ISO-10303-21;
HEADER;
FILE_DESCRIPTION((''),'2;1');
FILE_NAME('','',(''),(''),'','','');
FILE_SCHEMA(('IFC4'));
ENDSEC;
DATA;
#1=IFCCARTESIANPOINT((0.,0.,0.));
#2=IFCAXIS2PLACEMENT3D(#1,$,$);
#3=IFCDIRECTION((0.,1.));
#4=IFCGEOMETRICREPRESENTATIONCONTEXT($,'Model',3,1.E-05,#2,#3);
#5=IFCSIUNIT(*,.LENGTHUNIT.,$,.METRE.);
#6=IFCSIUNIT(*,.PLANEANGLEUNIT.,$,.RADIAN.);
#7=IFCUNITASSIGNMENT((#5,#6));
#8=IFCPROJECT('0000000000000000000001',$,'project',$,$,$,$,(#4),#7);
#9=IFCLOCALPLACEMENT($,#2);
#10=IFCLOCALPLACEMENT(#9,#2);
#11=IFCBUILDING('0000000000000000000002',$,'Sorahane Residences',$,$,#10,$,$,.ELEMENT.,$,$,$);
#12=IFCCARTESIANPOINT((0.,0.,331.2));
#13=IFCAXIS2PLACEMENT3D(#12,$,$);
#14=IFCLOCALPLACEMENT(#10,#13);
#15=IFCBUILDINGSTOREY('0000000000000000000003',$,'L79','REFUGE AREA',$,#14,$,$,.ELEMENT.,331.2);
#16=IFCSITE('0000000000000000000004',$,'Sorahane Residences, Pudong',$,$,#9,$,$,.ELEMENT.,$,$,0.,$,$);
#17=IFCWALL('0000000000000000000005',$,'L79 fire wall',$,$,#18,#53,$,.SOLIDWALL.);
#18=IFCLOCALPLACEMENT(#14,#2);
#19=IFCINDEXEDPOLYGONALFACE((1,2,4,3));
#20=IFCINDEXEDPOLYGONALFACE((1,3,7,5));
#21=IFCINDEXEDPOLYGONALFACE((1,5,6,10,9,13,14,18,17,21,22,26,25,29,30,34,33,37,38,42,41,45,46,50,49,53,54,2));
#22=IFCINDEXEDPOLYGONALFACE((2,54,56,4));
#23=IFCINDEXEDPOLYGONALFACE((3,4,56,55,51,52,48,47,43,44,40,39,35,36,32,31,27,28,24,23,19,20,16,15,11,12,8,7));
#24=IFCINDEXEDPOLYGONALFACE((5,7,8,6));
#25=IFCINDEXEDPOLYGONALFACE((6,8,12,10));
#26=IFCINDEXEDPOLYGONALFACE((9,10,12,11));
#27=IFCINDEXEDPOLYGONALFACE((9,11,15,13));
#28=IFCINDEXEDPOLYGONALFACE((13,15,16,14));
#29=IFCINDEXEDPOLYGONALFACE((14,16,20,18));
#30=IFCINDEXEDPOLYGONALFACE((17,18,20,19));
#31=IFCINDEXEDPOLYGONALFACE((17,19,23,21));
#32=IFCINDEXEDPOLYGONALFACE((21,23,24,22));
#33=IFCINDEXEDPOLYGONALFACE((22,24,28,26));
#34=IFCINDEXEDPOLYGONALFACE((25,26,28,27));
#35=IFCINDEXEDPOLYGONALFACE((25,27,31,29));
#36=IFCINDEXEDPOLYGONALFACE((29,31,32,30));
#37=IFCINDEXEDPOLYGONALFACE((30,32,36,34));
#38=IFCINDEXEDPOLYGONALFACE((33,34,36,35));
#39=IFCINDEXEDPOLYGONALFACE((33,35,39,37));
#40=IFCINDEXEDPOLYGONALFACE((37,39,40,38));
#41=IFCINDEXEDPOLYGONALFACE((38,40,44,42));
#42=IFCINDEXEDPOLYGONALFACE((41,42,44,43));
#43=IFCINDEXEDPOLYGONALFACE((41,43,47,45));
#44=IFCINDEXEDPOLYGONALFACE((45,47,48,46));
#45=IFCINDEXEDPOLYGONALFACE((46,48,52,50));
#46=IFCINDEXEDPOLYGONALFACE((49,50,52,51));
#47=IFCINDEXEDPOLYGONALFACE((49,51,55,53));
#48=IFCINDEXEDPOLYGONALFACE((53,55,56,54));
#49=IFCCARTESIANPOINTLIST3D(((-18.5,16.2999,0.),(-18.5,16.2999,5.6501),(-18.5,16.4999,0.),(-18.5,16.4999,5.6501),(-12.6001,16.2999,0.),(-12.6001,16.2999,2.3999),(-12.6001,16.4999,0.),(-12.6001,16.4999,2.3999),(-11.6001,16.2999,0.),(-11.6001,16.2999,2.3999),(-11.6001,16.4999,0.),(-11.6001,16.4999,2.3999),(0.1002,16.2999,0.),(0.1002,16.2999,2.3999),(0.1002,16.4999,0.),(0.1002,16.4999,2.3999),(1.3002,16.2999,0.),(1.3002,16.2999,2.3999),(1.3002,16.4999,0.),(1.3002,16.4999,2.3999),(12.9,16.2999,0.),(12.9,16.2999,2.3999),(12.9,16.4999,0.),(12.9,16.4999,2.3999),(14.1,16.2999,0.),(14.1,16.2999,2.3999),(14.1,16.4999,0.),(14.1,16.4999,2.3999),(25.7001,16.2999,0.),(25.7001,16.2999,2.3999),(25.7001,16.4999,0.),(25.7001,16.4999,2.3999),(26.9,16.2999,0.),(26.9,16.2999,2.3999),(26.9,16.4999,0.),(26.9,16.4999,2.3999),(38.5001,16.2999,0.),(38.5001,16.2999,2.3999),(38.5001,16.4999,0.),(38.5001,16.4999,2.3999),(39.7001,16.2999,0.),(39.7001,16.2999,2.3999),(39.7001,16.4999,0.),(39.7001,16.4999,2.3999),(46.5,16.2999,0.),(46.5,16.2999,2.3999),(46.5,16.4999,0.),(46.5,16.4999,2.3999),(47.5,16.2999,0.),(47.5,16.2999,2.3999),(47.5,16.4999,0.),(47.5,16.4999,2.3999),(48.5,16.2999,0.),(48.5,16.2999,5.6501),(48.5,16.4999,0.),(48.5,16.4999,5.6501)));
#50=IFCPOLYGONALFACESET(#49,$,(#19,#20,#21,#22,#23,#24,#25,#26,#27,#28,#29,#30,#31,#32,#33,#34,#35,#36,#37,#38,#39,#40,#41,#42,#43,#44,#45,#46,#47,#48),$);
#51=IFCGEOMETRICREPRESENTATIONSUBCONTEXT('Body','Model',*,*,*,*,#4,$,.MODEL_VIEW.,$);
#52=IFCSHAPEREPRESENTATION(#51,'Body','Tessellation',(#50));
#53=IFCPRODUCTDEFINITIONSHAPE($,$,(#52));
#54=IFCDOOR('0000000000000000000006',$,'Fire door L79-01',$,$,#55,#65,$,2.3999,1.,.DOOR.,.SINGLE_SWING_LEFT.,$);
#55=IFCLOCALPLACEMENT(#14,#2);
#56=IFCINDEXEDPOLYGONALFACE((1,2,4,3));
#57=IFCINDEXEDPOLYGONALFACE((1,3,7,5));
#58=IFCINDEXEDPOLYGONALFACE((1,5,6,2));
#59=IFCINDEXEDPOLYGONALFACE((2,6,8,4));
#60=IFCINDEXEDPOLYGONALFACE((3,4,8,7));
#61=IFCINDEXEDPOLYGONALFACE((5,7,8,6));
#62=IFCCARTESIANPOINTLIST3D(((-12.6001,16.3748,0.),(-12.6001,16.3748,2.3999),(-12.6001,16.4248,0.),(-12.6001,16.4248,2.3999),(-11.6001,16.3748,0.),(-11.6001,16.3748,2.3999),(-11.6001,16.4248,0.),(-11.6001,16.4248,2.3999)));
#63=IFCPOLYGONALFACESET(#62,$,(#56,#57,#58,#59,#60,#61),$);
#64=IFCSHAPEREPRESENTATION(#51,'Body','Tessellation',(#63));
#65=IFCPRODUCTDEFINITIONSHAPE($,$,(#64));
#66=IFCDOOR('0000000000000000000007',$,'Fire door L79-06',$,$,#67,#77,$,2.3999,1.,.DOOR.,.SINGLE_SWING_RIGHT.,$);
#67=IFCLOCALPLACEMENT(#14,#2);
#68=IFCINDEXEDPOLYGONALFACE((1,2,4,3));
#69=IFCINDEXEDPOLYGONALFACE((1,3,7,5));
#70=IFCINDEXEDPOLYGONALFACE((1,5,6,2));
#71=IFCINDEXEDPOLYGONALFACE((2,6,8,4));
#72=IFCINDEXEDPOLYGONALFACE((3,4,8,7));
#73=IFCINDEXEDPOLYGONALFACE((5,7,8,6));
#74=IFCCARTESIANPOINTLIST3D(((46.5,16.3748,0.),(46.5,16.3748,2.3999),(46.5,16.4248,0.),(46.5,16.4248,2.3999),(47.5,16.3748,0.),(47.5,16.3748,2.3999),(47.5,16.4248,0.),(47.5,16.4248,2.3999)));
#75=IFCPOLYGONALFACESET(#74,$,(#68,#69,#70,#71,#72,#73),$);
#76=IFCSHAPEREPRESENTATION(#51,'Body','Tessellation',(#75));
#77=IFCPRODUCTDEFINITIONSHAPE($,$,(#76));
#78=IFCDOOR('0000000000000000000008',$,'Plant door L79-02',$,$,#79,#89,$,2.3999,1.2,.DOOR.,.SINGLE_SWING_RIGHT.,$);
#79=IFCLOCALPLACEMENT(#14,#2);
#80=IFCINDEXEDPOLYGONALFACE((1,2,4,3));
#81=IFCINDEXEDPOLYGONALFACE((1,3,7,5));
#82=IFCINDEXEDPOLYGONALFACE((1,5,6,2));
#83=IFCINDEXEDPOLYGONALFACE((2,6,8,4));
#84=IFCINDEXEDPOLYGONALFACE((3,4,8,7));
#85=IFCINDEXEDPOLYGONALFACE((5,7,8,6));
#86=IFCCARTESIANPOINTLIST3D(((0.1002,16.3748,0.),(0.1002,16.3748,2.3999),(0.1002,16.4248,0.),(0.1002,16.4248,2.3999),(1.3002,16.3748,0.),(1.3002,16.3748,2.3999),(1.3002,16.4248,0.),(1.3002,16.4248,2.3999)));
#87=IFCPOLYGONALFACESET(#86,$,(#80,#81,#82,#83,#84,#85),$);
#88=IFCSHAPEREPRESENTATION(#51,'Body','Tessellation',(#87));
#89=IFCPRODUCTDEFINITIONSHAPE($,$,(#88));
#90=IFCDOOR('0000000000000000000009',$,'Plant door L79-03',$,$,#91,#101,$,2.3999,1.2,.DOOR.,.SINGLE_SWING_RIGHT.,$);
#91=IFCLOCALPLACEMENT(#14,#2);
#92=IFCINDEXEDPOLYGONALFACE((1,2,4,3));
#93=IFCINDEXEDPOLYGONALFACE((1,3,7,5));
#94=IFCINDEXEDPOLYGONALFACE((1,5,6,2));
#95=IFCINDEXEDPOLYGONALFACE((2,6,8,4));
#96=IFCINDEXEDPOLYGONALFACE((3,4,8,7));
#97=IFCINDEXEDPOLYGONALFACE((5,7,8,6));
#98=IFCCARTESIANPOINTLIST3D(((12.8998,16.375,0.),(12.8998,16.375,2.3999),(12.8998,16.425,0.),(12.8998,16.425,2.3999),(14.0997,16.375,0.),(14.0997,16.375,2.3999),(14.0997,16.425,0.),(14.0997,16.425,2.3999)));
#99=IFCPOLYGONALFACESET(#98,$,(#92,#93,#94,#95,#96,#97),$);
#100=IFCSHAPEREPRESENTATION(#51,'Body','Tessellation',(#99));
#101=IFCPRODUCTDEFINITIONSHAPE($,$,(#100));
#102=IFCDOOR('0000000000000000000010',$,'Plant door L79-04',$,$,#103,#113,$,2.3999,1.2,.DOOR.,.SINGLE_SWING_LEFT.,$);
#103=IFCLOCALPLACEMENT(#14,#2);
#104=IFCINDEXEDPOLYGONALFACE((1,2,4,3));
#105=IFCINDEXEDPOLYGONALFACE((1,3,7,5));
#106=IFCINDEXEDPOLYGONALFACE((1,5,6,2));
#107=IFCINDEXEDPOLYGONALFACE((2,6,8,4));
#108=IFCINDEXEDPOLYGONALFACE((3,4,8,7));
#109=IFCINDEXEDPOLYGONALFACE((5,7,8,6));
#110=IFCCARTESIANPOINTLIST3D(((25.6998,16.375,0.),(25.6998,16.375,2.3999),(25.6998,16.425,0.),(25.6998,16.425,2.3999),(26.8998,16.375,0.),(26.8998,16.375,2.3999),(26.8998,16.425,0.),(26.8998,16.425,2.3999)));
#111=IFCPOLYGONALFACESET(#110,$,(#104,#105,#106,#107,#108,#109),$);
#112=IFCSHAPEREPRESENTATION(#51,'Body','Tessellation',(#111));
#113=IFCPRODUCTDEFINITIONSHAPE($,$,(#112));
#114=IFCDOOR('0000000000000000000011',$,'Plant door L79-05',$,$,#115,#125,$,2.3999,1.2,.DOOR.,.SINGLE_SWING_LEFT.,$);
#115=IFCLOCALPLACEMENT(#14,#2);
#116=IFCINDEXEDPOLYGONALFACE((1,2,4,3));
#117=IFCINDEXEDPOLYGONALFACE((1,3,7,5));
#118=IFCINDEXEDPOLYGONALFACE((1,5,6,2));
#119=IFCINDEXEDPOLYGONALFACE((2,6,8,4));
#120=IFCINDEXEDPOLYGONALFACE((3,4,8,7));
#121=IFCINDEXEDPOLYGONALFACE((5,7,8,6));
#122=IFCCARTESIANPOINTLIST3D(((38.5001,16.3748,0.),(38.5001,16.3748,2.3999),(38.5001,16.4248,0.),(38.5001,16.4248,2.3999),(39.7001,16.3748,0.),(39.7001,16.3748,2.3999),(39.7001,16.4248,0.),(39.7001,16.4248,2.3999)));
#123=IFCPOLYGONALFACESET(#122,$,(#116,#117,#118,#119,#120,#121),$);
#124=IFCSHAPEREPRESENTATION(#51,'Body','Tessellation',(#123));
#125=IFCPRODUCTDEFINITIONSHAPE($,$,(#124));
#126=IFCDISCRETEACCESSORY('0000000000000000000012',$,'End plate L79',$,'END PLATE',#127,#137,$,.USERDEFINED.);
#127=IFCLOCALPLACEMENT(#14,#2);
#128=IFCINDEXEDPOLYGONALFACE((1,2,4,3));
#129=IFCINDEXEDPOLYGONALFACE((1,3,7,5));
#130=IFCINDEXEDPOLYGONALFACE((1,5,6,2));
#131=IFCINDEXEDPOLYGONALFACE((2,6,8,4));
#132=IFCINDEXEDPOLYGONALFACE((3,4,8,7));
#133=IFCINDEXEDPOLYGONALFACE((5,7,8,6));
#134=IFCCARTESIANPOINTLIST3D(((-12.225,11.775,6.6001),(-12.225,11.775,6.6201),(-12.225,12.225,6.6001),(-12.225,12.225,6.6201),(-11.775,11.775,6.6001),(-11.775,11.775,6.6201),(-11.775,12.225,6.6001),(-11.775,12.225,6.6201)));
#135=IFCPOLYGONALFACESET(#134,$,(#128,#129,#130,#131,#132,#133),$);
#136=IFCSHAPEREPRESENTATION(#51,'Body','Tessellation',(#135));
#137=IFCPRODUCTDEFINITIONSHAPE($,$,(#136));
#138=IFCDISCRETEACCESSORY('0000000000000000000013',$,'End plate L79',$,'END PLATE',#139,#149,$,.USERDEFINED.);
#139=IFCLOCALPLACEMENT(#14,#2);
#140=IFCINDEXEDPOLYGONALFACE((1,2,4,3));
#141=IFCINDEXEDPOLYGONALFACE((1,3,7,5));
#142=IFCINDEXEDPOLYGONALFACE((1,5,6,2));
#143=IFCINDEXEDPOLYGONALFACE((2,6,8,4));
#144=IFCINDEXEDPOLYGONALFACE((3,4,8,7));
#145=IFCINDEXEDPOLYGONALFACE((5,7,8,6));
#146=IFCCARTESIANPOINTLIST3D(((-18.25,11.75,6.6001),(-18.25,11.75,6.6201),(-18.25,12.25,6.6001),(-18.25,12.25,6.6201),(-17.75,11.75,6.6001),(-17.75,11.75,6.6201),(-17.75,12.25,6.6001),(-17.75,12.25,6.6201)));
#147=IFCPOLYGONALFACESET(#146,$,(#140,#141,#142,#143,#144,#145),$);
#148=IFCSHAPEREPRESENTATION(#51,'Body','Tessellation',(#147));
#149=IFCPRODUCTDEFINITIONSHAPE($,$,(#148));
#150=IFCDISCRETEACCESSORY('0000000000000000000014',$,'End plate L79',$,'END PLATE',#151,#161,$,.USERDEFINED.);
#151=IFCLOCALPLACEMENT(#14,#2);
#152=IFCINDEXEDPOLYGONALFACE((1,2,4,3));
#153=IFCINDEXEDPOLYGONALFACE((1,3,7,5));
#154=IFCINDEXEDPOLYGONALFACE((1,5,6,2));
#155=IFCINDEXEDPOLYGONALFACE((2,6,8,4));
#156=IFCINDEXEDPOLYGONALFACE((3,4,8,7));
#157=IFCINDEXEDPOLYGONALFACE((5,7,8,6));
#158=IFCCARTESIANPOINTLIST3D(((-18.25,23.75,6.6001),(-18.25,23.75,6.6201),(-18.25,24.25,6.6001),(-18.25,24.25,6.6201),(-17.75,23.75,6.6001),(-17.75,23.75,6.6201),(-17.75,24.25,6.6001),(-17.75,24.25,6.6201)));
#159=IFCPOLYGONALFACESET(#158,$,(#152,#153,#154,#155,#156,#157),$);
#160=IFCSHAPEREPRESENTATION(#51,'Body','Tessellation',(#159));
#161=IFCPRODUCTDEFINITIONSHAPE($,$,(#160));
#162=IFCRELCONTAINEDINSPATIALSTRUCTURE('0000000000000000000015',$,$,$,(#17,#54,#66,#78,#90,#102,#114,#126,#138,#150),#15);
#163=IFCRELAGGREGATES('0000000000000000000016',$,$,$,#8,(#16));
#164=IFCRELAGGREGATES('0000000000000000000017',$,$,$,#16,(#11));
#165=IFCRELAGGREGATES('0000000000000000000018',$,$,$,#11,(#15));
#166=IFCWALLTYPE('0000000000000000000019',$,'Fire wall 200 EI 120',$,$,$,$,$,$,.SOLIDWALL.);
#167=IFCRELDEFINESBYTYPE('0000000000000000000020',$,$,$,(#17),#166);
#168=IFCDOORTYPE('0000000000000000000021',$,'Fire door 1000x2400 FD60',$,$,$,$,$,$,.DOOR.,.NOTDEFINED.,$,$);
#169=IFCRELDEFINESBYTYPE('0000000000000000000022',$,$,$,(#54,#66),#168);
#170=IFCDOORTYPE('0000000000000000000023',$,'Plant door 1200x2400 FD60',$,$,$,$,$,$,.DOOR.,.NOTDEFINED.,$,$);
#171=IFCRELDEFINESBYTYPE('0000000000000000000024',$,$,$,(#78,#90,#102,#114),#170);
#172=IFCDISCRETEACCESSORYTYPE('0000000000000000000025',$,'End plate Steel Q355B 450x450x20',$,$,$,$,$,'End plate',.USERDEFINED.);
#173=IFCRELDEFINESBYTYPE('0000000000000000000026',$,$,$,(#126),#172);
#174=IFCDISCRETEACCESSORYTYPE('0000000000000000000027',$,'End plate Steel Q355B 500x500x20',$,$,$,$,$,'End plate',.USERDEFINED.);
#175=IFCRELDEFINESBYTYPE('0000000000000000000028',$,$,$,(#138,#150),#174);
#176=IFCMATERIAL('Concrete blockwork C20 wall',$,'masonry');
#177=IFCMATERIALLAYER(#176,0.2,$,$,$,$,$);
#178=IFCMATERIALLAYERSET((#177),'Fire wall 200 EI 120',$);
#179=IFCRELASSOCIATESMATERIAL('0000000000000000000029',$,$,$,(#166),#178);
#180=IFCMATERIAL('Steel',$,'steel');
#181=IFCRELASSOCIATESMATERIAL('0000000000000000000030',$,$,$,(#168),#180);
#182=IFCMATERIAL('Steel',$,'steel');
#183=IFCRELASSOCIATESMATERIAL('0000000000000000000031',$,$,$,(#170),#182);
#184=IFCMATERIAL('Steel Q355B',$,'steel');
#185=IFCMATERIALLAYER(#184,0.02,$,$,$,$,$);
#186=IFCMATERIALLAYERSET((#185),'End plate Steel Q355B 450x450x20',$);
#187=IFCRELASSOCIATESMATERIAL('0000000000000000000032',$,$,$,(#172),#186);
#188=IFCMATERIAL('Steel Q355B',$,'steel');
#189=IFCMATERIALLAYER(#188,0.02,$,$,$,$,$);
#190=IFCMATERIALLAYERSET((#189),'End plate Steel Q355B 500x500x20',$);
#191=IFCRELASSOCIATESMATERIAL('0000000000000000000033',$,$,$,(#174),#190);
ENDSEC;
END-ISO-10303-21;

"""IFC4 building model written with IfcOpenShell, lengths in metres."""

from ifc_helpers import new_model, si_unit, direction, frame, frame_2d, origin, origin_2d, place, context, subcontext, project, spatial, rectangle, extrude, material, layer, layer_set, type_object, element, fill, save


model = new_model("IFC4")

# Units and contexts
model_context = context("Model", 3, precision=1e-05, world=origin(), true_north=direction((0.0, 1.0)))
body_context = subcontext(model_context, "Body", "Model", "MODEL_VIEW")
ifc_project = project(units=[si_unit("LENGTHUNIT", "METRE"), si_unit("PLANEANGLEUNIT", "RADIAN")], contexts=[model_context])

# Site, building, storey
site_placement = place(None, origin())
site = spatial("IfcSite", under=ifc_project, at=site_placement, Name="Sorahane Residences, Pudong", CompositionType="ELEMENT", RefElevation=0.0)
building_placement = place(site_placement, origin())
building = spatial("IfcBuilding", under=site, at=building_placement, Name="Sorahane Residences", CompositionType="ELEMENT")
storey_placement = place(building_placement, frame((0.0, 0.0, 331.2)))
storey = spatial("IfcBuildingStorey", under=building, at=storey_placement, Name="L79", Description="REFUGE AREA", CompositionType="ELEMENT", Elevation=331.2)

# Wall, openings, doors
ifc_material_1 = material(Name="Concrete blockwork C20 wall", Category="masonry")
ifc_layer_1 = layer(ifc_material_1, 0.2)
ifc_layer_set_1 = layer_set([ifc_layer_1], Name="Fire wall 200 EI 120")
wall_type_1 = type_object("IfcWallType", Name="Fire wall 200 EI 120", PredefinedType="SOLIDWALL", material=ifc_layer_set_1)
wall_1_placement = place(storey_placement, frame((-18.5, 16.3999, 0.0), z_axis=(0.0, 0.0, 1.0), x_axis=(1.0, 0.0, 0.0)))
wall_1 = element("IfcWall", 1, at=wall_1_placement, inside=storey, type_object=wall_type_1, Name="L79 fire wall", PredefinedType="SOLIDWALL", context=body_context, shape_type="SweptSolid", body=[
    extrude(rectangle(XDim=67.0, YDim=0.2, at=frame_2d((33.5, 0.0))), origin(), (0.0, 0.0, 1.0), 5.6501),
])
opening_1_placement = place(wall_1_placement, frame((5.8999, 0.0, 0.0)))
opening_1 = element("IfcOpeningElement", 2, at=opening_1_placement, cuts=wall_1, PredefinedType="OPENING", context=body_context, shape_type="SweptSolid", body=[
    extrude(rectangle(XDim=1.0, YDim=2.3999, at=frame_2d((0.5, 1.2))), frame((0.0, 0.1099, 0.0), z_axis=(0.0, -1.0, 0.0), x_axis=(1.0, 0.0, 0.0)), (0.0, 0.0, 1.0), 0.22),
])
opening_2_placement = place(wall_1_placement, frame((18.6001, 0.0, 0.0)))
opening_2 = element("IfcOpeningElement", 3, at=opening_2_placement, cuts=wall_1, PredefinedType="OPENING", context=body_context, shape_type="SweptSolid", body=[
    extrude(rectangle(XDim=1.2, YDim=2.3999, at=frame_2d((0.6001, 1.2))), frame((0.0, 0.1099, 0.0), z_axis=(0.0, -1.0, 0.0), x_axis=(1.0, 0.0, 0.0)), (0.0, 0.0, 1.0), 0.22),
])
opening_3_placement = place(wall_1_placement, frame((31.3999, 0.0, 0.0)))
opening_3 = element("IfcOpeningElement", 4, at=opening_3_placement, cuts=wall_1, PredefinedType="OPENING", context=body_context, shape_type="SweptSolid", body=[
    extrude(rectangle(XDim=1.2, YDim=2.3999, at=frame_2d((0.6001, 1.2))), frame((0.0, 0.1099, 0.0), z_axis=(0.0, -1.0, 0.0), x_axis=(1.0, 0.0, 0.0)), (0.0, 0.0, 1.0), 0.22),
])
opening_4_placement = place(wall_1_placement, frame((44.2, 0.0, 0.0)))
opening_4 = element("IfcOpeningElement", 5, at=opening_4_placement, cuts=wall_1, PredefinedType="OPENING", context=body_context, shape_type="SweptSolid", body=[
    extrude(rectangle(XDim=1.2, YDim=2.3999, at=frame_2d((0.6001, 1.2))), frame((0.0, 0.1099, 0.0), z_axis=(0.0, -1.0, 0.0), x_axis=(1.0, 0.0, 0.0)), (0.0, 0.0, 1.0), 0.22),
])
opening_5_placement = place(wall_1_placement, frame((57.0, 0.0, 0.0)))
opening_5 = element("IfcOpeningElement", 6, at=opening_5_placement, cuts=wall_1, PredefinedType="OPENING", context=body_context, shape_type="SweptSolid", body=[
    extrude(rectangle(XDim=1.2, YDim=2.3999, at=frame_2d((0.6001, 1.2))), frame((0.0, 0.1099, 0.0), z_axis=(0.0, -1.0, 0.0), x_axis=(1.0, 0.0, 0.0)), (0.0, 0.0, 1.0), 0.22),
])
opening_6_placement = place(wall_1_placement, frame((65.0, 0.0, 0.0)))
opening_6 = element("IfcOpeningElement", 7, at=opening_6_placement, cuts=wall_1, PredefinedType="OPENING", context=body_context, shape_type="SweptSolid", body=[
    extrude(rectangle(XDim=1.0, YDim=2.3999, at=frame_2d((0.5, 1.2))), frame((0.0, 0.1099, 0.0), z_axis=(0.0, -1.0, 0.0), x_axis=(1.0, 0.0, 0.0)), (0.0, 0.0, 1.0), 0.22),
])
ifc_material_2 = material(Name="Steel", Category="steel")
door_type_1 = type_object("IfcDoorType", Name="Fire door 1000x2400 FD60", OperationType="NOTDEFINED", PredefinedType="DOOR", material=ifc_material_2)
door_1_placement = place(opening_1_placement, origin())
door_1 = element("IfcDoor", 8, at=door_1_placement, inside=storey, type_object=door_type_1, Name="Fire door L79-01", OperationType="SINGLE_SWING_LEFT", OverallHeight=2.3999, OverallWidth=1.0, PredefinedType="DOOR", context=body_context, shape_type="SweptSolid", body=[
    extrude(rectangle(XDim=1.0, YDim=2.3999, at=frame_2d((0.5, 1.2))), frame((0.0, 0.0249, 0.0), z_axis=(0.0, -1.0, 0.0), x_axis=(1.0, 0.0, 0.0)), (0.0, 0.0, 1.0), 0.05),
])
fill(opening_1, door_1)
door_2_placement = place(opening_6_placement, origin())
door_2 = element("IfcDoor", 9, at=door_2_placement, inside=storey, type_object=door_type_1, Name="Fire door L79-06", OperationType="SINGLE_SWING_RIGHT", OverallHeight=2.3999, OverallWidth=1.0, PredefinedType="DOOR", context=body_context, shape_type="SweptSolid", body=[
    extrude(rectangle(XDim=1.0, YDim=2.3999, at=frame_2d((0.5, 1.2))), frame((0.0, 0.0249, 0.0), z_axis=(0.0, -1.0, 0.0), x_axis=(1.0, 0.0, 0.0)), (0.0, 0.0, 1.0), 0.05),
])
fill(opening_6, door_2)
ifc_material_3 = material(Name="Steel", Category="steel")
door_type_2 = type_object("IfcDoorType", Name="Plant door 1200x2400 FD60", OperationType="NOTDEFINED", PredefinedType="DOOR", material=ifc_material_3)
door_3_placement = place(opening_2_placement, origin())
door_3 = element("IfcDoor", 10, at=door_3_placement, inside=storey, type_object=door_type_2, Name="Plant door L79-02", OperationType="SINGLE_SWING_RIGHT", OverallHeight=2.3999, OverallWidth=1.2, PredefinedType="DOOR", context=body_context, shape_type="SweptSolid", body=[
    extrude(rectangle(XDim=1.2, YDim=2.3999, at=frame_2d((0.6001, 1.2))), frame((0.0, 0.0249, 0.0), z_axis=(0.0, -1.0, 0.0), x_axis=(1.0, 0.0, 0.0)), (0.0, 0.0, 1.0), 0.05),
])
fill(opening_2, door_3)
door_4_placement = place(opening_3_placement, frame((1.2, 0.0, 0.0), z_axis=(0.0, 0.0, 1.0), x_axis=(-1.0, 0.0, 0.0)))
door_4 = element("IfcDoor", 11, at=door_4_placement, inside=storey, type_object=door_type_2, Name="Plant door L79-03", OperationType="SINGLE_SWING_RIGHT", OverallHeight=2.3999, OverallWidth=1.2, PredefinedType="DOOR", context=body_context, shape_type="SweptSolid", body=[
    extrude(rectangle(XDim=1.2, YDim=2.3999, at=frame_2d((0.6001, 1.2))), frame((0.0, 0.0249, 0.0), z_axis=(0.0, -1.0, 0.0), x_axis=(1.0, 0.0, 0.0)), (0.0, 0.0, 1.0), 0.05),
])
fill(opening_3, door_4)
door_5_placement = place(opening_4_placement, frame((1.2, 0.0, 0.0), z_axis=(0.0, 0.0, 1.0), x_axis=(-1.0, 0.0, 0.0)))
door_5 = element("IfcDoor", 12, at=door_5_placement, inside=storey, type_object=door_type_2, Name="Plant door L79-04", OperationType="SINGLE_SWING_LEFT", OverallHeight=2.3999, OverallWidth=1.2, PredefinedType="DOOR", context=body_context, shape_type="SweptSolid", body=[
    extrude(rectangle(XDim=1.2, YDim=2.3999, at=frame_2d((0.6001, 1.2))), frame((0.0, 0.0249, 0.0), z_axis=(0.0, -1.0, 0.0), x_axis=(1.0, 0.0, 0.0)), (0.0, 0.0, 1.0), 0.05),
])
fill(opening_4, door_5)
door_6_placement = place(opening_5_placement, origin())
door_6 = element("IfcDoor", 13, at=door_6_placement, inside=storey, type_object=door_type_2, Name="Plant door L79-05", OperationType="SINGLE_SWING_LEFT", OverallHeight=2.3999, OverallWidth=1.2, PredefinedType="DOOR", context=body_context, shape_type="SweptSolid", body=[
    extrude(rectangle(XDim=1.2, YDim=2.3999, at=frame_2d((0.6001, 1.2))), frame((0.0, 0.0249, 0.0), z_axis=(0.0, -1.0, 0.0), x_axis=(1.0, 0.0, 0.0)), (0.0, 0.0, 1.0), 0.05),
])
fill(opening_5, door_6)

# Discrete accessories
ifc_material_4 = material(Name="Steel Q355B", Category="steel")
ifc_layer_2 = layer(ifc_material_4, 0.02)
ifc_layer_set_2 = layer_set([ifc_layer_2], Name="End plate Steel Q355B 450x450x20")
discrete_accessory_type_1 = type_object("IfcDiscreteAccessoryType", Name="End plate Steel Q355B 450x450x20", ElementType="End plate", PredefinedType="USERDEFINED", material=ifc_layer_set_2)
discrete_accessory_placement = place(storey_placement, frame((-12.0, 12.0, 6.6001), z_axis=(0.0, 0.0, 1.0), x_axis=(1.0, 0.0, 0.0)))
element("IfcDiscreteAccessory", 14, at=discrete_accessory_placement, inside=storey, type_object=discrete_accessory_type_1, Name="End plate L79", ObjectType="END PLATE", PredefinedType="USERDEFINED", context=body_context, shape_type="SweptSolid", body=[
    extrude(rectangle(XDim=0.45, YDim=0.45, at=origin_2d()), origin(), (0.0, 0.0, 1.0), 0.02),
])
ifc_material_5 = material(Name="Steel Q355B", Category="steel")
ifc_layer_3 = layer(ifc_material_5, 0.02)
ifc_layer_set_3 = layer_set([ifc_layer_3], Name="End plate Steel Q355B 500x500x20")
discrete_accessory_type_2 = type_object("IfcDiscreteAccessoryType", Name="End plate Steel Q355B 500x500x20", ElementType="End plate", PredefinedType="USERDEFINED", material=ifc_layer_set_3)
for number, where, z_axis, x_axis, name in (
    (15, (-18.0, 12.0, 6.6001), (0.0, 0.0, 1.0), (1.0, 0.0, 0.0), "End plate L79"),
    (16, (-18.0, 24.0, 6.6001), (0.0, 0.0, 1.0), (1.0, 0.0, 0.0), "End plate L79"),
):
    element("IfcDiscreteAccessory", number, at=place(storey_placement, frame(where, z_axis=z_axis, x_axis=x_axis)), inside=storey, type_object=discrete_accessory_type_2, Name=name, ObjectType="END PLATE", PredefinedType="USERDEFINED", context=body_context, shape_type="SweptSolid", body=[
        extrude(rectangle(XDim=0.5, YDim=0.5, at=origin_2d()), origin(), (0.0, 0.0, 1.0), 0.02),
    ])

save(model, "model.ifc")
